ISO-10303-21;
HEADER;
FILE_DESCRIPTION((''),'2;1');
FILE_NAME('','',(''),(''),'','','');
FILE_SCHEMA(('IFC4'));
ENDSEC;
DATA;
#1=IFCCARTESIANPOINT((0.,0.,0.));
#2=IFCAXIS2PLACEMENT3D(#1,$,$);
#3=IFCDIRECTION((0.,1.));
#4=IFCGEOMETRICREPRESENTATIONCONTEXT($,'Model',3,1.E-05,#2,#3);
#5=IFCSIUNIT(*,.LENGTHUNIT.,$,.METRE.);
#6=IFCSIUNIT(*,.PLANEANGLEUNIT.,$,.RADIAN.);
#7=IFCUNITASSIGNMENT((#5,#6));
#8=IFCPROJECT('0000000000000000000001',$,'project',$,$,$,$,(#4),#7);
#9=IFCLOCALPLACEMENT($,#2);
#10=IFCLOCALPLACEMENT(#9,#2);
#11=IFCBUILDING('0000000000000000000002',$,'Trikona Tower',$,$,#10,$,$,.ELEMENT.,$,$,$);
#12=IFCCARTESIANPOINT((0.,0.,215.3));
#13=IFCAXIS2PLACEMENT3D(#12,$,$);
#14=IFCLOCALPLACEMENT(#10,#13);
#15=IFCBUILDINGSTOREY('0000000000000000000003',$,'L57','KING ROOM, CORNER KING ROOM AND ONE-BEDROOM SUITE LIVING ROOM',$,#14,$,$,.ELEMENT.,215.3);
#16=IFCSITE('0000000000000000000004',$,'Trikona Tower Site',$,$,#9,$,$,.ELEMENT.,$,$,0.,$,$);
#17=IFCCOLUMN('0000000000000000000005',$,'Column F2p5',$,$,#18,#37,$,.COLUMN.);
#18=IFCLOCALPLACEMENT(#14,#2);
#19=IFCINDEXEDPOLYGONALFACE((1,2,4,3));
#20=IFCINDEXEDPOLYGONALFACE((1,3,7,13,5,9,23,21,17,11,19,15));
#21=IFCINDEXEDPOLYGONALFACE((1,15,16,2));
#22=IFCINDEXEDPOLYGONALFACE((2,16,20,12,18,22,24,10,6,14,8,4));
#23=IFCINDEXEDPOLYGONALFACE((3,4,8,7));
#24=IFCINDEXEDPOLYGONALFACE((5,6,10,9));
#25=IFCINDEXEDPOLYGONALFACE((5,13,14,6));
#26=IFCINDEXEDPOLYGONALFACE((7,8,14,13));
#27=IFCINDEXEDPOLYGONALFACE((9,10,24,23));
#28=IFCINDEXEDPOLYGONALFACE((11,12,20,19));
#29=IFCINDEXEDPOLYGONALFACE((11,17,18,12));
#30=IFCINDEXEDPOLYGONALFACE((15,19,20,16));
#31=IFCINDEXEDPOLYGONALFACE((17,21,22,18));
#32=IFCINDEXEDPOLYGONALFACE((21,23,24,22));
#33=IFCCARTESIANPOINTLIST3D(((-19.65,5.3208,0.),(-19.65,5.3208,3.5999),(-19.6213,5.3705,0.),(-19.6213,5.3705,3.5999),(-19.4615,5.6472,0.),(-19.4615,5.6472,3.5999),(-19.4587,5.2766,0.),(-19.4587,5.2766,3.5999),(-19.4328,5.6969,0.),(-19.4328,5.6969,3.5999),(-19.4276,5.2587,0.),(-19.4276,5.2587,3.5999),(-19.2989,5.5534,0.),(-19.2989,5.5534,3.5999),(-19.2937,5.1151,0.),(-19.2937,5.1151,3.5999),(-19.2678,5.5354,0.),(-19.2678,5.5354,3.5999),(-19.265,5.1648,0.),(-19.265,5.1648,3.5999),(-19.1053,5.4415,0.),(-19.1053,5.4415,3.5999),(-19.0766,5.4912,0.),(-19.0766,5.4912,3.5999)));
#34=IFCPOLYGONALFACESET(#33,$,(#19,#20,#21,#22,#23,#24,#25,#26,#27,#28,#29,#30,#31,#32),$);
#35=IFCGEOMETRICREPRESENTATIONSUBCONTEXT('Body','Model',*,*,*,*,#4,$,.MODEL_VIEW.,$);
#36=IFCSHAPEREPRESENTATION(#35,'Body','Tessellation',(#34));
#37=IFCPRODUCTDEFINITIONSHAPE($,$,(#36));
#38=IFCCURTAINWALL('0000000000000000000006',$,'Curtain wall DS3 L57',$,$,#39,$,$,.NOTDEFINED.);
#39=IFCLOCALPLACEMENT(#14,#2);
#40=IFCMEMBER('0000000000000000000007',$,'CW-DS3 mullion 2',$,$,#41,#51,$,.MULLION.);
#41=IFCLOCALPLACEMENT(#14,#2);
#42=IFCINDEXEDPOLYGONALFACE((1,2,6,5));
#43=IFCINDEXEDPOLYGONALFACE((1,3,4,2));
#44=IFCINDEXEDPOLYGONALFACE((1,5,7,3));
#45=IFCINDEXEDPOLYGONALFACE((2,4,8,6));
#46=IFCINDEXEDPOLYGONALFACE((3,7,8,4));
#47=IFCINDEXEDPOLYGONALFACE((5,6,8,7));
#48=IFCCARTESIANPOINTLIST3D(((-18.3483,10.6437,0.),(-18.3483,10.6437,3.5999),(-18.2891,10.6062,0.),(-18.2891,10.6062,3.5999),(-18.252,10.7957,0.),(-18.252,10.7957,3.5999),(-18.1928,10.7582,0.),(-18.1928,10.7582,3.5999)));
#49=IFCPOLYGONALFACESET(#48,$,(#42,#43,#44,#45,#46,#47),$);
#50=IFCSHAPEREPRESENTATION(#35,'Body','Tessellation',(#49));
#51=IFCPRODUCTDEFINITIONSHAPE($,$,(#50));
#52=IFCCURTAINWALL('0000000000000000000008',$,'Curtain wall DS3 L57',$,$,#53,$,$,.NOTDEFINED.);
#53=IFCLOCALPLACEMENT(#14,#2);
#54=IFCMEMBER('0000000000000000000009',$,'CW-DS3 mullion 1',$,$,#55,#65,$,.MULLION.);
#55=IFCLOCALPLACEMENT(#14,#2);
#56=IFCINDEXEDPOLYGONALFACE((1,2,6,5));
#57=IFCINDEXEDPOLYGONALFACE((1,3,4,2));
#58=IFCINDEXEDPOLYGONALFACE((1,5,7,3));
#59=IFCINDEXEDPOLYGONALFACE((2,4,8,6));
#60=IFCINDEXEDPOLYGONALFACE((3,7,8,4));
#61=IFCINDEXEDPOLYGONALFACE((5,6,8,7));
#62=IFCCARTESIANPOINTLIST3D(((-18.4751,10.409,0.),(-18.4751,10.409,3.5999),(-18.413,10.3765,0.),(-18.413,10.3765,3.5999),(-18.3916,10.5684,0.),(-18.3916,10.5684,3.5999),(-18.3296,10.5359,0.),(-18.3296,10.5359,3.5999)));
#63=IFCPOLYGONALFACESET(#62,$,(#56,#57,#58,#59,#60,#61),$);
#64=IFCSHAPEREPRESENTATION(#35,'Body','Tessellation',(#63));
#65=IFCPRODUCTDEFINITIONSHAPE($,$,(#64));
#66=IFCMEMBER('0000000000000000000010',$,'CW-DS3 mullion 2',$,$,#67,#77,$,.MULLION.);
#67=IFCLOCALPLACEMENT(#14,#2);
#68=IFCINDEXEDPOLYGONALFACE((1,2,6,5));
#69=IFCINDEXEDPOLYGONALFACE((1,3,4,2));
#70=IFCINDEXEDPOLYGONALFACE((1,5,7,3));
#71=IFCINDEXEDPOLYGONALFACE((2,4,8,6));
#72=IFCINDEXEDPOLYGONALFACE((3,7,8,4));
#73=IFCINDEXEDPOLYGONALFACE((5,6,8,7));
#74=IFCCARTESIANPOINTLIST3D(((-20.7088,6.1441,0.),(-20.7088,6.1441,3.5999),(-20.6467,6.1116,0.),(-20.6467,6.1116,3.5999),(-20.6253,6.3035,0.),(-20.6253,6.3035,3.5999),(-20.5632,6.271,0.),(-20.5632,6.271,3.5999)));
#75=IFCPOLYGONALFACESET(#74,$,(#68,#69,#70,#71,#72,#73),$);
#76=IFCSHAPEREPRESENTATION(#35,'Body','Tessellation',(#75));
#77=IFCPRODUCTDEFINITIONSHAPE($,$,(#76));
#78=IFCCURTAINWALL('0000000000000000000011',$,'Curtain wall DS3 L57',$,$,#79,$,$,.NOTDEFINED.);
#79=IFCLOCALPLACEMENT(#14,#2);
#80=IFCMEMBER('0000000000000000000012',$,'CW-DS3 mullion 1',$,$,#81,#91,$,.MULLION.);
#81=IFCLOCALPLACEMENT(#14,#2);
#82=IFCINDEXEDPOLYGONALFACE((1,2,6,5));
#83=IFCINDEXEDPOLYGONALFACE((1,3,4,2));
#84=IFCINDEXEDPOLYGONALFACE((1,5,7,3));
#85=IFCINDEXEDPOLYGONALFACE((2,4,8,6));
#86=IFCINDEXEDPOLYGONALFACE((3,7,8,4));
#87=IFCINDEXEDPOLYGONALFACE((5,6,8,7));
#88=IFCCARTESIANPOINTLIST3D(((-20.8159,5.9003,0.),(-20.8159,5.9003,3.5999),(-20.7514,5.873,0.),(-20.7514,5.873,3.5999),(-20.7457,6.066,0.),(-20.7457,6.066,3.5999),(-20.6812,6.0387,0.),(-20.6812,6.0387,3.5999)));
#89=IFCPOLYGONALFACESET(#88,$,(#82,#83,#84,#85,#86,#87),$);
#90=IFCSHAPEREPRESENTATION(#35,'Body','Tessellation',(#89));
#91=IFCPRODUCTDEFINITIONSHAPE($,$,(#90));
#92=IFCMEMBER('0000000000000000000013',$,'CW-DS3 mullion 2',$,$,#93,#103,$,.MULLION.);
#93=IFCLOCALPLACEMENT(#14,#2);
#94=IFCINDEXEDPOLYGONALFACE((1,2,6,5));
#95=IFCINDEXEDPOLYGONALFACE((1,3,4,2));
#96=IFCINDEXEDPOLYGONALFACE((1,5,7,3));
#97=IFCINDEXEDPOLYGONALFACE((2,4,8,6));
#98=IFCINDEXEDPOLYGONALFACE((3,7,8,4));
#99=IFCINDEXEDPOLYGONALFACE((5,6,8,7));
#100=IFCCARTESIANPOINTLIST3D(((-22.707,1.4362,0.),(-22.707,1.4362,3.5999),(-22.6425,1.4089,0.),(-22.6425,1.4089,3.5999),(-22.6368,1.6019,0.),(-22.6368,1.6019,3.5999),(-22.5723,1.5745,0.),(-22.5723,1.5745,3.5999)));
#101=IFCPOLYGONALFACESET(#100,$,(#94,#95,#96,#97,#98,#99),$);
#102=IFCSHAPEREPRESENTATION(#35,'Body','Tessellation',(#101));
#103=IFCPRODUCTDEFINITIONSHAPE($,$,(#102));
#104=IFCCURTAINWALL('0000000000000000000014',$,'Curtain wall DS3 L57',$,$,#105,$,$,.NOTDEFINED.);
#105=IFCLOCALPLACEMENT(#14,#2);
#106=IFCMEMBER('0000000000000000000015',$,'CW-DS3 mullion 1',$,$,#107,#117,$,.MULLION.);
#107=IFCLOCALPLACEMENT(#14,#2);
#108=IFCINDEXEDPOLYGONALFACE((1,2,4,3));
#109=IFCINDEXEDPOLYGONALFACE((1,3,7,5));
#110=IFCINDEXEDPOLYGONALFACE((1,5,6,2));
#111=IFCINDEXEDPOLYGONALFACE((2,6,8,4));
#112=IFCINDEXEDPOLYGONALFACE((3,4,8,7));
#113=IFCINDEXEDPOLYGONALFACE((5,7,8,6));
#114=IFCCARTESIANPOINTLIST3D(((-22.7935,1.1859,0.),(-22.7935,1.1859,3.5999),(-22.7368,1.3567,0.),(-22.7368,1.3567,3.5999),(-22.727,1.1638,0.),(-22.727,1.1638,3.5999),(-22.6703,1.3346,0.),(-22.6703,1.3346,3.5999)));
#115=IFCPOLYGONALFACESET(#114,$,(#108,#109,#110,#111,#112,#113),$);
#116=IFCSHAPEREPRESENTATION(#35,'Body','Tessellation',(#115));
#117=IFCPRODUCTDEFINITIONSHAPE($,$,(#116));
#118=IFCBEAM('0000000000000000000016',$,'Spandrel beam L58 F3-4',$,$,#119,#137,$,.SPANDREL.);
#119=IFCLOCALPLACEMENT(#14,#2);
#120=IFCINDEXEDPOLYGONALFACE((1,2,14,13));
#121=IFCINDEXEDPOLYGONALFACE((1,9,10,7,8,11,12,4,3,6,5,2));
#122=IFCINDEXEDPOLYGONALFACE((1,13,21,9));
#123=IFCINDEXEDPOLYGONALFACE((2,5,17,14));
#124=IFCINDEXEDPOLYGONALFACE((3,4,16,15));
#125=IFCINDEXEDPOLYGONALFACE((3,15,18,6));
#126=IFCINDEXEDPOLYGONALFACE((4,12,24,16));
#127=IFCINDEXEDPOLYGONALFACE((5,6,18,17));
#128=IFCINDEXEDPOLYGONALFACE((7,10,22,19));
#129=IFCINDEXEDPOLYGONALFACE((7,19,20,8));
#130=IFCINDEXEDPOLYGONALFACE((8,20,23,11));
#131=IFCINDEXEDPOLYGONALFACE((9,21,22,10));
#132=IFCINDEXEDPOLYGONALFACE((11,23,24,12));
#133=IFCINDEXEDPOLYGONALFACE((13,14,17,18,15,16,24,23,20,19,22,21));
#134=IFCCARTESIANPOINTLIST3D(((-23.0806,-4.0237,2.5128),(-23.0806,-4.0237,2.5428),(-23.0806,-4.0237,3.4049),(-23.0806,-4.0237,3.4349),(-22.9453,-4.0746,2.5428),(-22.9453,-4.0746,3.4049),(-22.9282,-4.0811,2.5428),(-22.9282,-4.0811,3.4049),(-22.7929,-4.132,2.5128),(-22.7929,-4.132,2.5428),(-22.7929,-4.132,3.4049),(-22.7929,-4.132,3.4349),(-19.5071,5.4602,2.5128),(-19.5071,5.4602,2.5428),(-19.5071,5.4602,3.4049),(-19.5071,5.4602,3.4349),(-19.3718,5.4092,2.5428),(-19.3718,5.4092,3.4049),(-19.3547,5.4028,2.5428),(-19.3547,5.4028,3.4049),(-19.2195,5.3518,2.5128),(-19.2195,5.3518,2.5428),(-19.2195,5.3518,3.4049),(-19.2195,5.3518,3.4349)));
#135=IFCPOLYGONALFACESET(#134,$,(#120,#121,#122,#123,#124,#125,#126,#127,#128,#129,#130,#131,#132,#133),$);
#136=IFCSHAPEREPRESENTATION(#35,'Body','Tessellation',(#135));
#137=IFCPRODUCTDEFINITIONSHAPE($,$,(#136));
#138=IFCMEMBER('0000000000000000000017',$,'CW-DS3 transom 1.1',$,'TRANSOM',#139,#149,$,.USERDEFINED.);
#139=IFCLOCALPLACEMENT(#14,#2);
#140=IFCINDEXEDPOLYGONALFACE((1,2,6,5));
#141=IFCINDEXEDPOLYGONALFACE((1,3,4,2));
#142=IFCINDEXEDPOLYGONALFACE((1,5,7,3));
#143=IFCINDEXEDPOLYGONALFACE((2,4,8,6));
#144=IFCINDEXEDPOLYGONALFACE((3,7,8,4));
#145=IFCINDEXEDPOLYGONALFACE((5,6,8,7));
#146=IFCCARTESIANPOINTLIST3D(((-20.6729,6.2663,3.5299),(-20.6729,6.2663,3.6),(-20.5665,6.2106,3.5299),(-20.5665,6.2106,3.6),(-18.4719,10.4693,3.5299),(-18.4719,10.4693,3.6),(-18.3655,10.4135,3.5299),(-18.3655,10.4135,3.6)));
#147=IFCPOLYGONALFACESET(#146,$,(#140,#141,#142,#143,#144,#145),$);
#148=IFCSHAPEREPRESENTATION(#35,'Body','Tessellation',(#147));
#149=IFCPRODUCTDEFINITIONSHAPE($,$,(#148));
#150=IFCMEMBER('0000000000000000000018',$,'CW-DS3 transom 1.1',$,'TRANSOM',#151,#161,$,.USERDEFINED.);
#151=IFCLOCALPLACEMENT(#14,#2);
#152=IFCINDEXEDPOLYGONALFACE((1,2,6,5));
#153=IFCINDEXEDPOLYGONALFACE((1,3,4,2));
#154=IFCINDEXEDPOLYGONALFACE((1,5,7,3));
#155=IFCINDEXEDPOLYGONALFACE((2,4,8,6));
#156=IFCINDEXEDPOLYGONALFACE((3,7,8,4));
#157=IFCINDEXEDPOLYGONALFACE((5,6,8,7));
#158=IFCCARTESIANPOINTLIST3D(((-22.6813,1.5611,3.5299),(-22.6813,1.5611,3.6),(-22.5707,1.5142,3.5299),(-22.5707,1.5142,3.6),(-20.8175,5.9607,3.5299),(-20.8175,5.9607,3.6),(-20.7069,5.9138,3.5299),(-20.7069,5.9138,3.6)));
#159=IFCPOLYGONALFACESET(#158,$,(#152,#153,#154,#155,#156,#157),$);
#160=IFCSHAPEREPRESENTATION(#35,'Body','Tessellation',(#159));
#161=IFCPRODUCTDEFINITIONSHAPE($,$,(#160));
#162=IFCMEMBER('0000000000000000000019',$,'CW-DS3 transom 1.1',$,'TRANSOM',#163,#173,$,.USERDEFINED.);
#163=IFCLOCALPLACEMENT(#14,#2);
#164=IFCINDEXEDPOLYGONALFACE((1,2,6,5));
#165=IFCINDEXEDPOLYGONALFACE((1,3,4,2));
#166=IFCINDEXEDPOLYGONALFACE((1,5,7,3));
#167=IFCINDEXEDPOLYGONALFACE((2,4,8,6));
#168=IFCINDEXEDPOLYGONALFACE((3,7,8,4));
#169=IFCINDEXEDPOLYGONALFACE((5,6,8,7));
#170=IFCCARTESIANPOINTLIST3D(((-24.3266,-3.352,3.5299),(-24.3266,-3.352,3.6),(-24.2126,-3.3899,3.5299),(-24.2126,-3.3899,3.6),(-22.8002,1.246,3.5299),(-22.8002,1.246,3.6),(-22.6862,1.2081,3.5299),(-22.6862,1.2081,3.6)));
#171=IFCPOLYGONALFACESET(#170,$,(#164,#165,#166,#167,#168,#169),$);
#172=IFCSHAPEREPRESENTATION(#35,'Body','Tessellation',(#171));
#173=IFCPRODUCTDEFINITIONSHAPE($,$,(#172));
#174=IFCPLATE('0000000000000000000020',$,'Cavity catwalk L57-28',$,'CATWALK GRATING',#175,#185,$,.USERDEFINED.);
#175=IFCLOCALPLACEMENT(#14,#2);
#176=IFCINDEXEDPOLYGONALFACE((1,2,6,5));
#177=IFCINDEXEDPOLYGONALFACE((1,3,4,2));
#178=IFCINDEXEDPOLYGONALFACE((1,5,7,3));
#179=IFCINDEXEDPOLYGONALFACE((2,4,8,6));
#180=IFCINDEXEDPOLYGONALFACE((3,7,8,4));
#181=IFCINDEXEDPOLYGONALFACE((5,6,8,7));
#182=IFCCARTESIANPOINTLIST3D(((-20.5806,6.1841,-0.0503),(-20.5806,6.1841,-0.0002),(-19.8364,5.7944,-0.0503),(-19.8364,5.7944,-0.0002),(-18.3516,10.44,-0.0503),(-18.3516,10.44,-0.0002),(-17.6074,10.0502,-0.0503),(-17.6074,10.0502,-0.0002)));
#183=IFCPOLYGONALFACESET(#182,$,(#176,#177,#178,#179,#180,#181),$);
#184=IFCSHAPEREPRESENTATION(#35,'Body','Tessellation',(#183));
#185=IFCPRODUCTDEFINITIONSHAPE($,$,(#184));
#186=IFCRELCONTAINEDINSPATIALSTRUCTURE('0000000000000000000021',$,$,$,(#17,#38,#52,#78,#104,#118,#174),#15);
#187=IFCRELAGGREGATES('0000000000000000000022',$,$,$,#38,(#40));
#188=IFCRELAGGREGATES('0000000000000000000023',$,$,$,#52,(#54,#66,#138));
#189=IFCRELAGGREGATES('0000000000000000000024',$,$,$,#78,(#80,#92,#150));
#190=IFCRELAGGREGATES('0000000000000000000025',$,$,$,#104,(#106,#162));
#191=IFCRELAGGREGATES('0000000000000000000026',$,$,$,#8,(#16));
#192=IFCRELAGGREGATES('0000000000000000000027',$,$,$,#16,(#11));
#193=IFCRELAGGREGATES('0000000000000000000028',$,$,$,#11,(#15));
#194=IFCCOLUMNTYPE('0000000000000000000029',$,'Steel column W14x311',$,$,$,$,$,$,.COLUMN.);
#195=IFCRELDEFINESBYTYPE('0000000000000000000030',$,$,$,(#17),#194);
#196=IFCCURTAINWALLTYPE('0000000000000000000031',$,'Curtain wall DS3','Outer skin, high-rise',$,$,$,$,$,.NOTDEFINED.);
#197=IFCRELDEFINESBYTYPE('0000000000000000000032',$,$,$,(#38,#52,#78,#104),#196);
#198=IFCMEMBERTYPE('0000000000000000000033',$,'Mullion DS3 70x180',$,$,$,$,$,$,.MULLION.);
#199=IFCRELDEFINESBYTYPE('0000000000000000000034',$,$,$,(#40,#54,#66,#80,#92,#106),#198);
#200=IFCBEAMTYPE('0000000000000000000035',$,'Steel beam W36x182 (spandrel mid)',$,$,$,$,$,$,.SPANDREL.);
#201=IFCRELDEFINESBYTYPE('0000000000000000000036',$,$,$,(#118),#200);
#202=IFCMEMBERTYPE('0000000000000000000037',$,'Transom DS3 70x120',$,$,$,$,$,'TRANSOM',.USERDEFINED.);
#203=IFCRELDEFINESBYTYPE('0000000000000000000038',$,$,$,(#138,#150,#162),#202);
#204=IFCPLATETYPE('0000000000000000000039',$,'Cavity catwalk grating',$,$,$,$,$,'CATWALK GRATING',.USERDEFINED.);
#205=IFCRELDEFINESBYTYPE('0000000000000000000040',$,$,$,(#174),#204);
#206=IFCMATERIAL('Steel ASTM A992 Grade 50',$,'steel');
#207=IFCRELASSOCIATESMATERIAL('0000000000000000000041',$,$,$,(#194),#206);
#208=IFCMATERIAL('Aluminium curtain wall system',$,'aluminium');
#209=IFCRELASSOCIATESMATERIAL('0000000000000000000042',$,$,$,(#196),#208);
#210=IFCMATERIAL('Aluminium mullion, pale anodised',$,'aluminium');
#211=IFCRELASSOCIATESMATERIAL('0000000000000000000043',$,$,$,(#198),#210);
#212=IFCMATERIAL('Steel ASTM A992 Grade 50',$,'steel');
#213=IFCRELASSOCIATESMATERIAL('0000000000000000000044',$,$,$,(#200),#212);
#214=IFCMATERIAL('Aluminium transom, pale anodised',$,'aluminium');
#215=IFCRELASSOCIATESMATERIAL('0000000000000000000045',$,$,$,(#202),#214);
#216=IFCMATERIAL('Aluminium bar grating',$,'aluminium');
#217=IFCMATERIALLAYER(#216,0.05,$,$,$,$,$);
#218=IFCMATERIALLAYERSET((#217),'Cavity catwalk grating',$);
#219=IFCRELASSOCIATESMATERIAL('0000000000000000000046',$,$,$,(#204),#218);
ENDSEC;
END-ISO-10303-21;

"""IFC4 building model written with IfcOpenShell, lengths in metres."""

from ifc_helpers import new_model, si_unit, direction, frame, origin, origin_2d, place, context, subcontext, project, spatial, rectangle, i_section, extrude, material, layer, layer_set, material_profile, profile_set, type_object, element, aggregate, save


model = new_model("IFC4")

# Units and contexts
model_context = context("Model", 3, precision=1e-05, world=origin(), true_north=direction((0.0, 1.0)))
body_context = subcontext(model_context, "Body", "Model", "MODEL_VIEW")
ifc_project = project(units=[si_unit("LENGTHUNIT", "METRE"), si_unit("PLANEANGLEUNIT", "RADIAN")], contexts=[model_context])

# Site, building, storey
site_placement = place(None, origin())
site = spatial("IfcSite", under=ifc_project, at=site_placement, Name="Trikona Tower Site", CompositionType="ELEMENT", RefElevation=0.0)
building_placement = place(site_placement, origin())
building = spatial("IfcBuilding", under=site, at=building_placement, Name="Trikona Tower", CompositionType="ELEMENT")
storey_placement = place(building_placement, frame((0.0, 0.0, 215.3)))
storey = spatial("IfcBuildingStorey", under=building, at=storey_placement, Name="L57", Description="KING ROOM, CORNER KING ROOM AND ONE-BEDROOM SUITE LIVING ROOM", CompositionType="ELEMENT", Elevation=215.3)

# Column
ifc_material_1 = material(Name="Steel ASTM A992 Grade 50", Category="steel")
ifc_material_profile_1 = material_profile(ifc_material_1, i_section(OverallWidth=0.4114, OverallDepth=0.4343, WebThickness=0.0359, FlangeThickness=0.0574, at=origin_2d()), Name="W14X311")
ifc_profile_set_1 = profile_set([ifc_material_profile_1], Name="Steel ASTM A992 Grade 50")
column_type = type_object("IfcColumnType", Name="Steel column W14x311", PredefinedType="COLUMN", material=ifc_profile_set_1)
column_placement = place(storey_placement, frame((-19.3633, 5.406, 0.0), z_axis=(0.0, 0.0, 1.0), x_axis=(-0.866025, 0.5, 0.0)))
element("IfcColumn", 1, at=column_placement, inside=storey, type_object=column_type, Name="Column F2p5", PredefinedType="COLUMN", context=body_context, shape_type="SweptSolid", body=[
    extrude(i_section(OverallWidth=0.4114, OverallDepth=0.4343, WebThickness=0.0359, FlangeThickness=0.0574, at=origin_2d()), origin(), (0.0, 0.0, 1.0), 3.5999),
])

# Curtain wall, member
ifc_material_2 = material(Name="Aluminium curtain wall system", Category="aluminium")
curtain_wall_type = type_object("IfcCurtainWallType", Name="Curtain wall DS3", Description="Outer skin, high-rise", PredefinedType="NOTDEFINED", material=ifc_material_2)
curtain_wall_1_placement = place(storey_placement, origin())
curtain_wall_1 = element("IfcCurtainWall", 2, at=curtain_wall_1_placement, inside=storey, type_object=curtain_wall_type, Name="Curtain wall DS3 L57", PredefinedType="NOTDEFINED")
ifc_material_3 = material(Name="Aluminium mullion, pale anodised", Category="aluminium")
ifc_material_profile_2 = material_profile(ifc_material_3, rectangle(XDim=0.0701, YDim=0.1799, at=origin_2d()), Name="MUL-DS3")
ifc_profile_set_2 = profile_set([ifc_material_profile_2], Name="Aluminium mullion, pale anodised")
member_type_1 = type_object("IfcMemberType", Name="Mullion DS3 70x180", PredefinedType="MULLION", material=ifc_profile_set_2)
member_1_placement = place(storey_placement, frame((-18.2705, 10.7009, 0.0), z_axis=(0.0, 0.0, 1.0), x_axis=(0.844727, -0.535197, 0.0)))
member_1 = element("IfcMember", 3, at=member_1_placement, type_object=member_type_1, Name="CW-DS3 mullion 2", PredefinedType="MULLION", context=body_context, shape_type="SweptSolid", body=[
    extrude(rectangle(XDim=0.0701, YDim=0.1799, at=origin_2d()), origin(), (0.0, 0.0, 1.0), 3.5999),
])
aggregate(curtain_wall_1, [member_1])

# Curtain walls, members
curtain_wall_2_placement = place(storey_placement, origin())
curtain_wall_2 = element("IfcCurtainWall", 4, at=curtain_wall_2_placement, inside=storey, type_object=curtain_wall_type, Name="Curtain wall DS3 L57", PredefinedType="NOTDEFINED")
member_2_placement = place(storey_placement, frame((-18.4023, 10.4724, 0.0), z_axis=(0.0, 0.0, 1.0), x_axis=(0.885862, -0.463948, 0.0)))
member_2 = element("IfcMember", 5, at=member_2_placement, type_object=member_type_1, Name="CW-DS3 mullion 1", PredefinedType="MULLION", context=body_context, shape_type="SweptSolid", body=[
    extrude(rectangle(XDim=0.0701, YDim=0.1799, at=origin_2d()), origin(), (0.0, 0.0, 1.0), 3.5999),
])
member_3_placement = place(storey_placement, frame((-20.636, 6.2075, 0.0), z_axis=(0.0, 0.0, 1.0), x_axis=(0.885862, -0.463948, 0.0)))
member_3 = element("IfcMember", 6, at=member_3_placement, type_object=member_type_1, Name="CW-DS3 mullion 2", PredefinedType="MULLION", context=body_context, shape_type="SweptSolid", body=[
    extrude(rectangle(XDim=0.0701, YDim=0.1799, at=origin_2d()), origin(), (0.0, 0.0, 1.0), 3.5999),
])
curtain_wall_3_placement = place(storey_placement, origin())
curtain_wall_3 = element("IfcCurtainWall", 7, at=curtain_wall_3_placement, inside=storey, type_object=curtain_wall_type, Name="Curtain wall DS3 L57", PredefinedType="NOTDEFINED")
member_4_placement = place(storey_placement, frame((-20.7485, 5.9695, 0.0), z_axis=(0.0, 0.0, 1.0), x_axis=(0.920792, -0.390053, 0.0)))
member_4 = element("IfcMember", 8, at=member_4_placement, type_object=member_type_1, Name="CW-DS3 mullion 1", PredefinedType="MULLION", context=body_context, shape_type="SweptSolid", body=[
    extrude(rectangle(XDim=0.0701, YDim=0.1799, at=origin_2d()), origin(), (0.0, 0.0, 1.0), 3.5999),
])
member_5_placement = place(storey_placement, frame((-22.6396, 1.5054, 0.0), z_axis=(0.0, 0.0, 1.0), x_axis=(0.920792, -0.390053, 0.0)))
member_5 = element("IfcMember", 9, at=member_5_placement, type_object=member_type_1, Name="CW-DS3 mullion 2", PredefinedType="MULLION", context=body_context, shape_type="SweptSolid", body=[
    extrude(rectangle(XDim=0.0701, YDim=0.1799, at=origin_2d()), origin(), (0.0, 0.0, 1.0), 3.5999),
])

# Curtain wall, member
curtain_wall_4_placement = place(storey_placement, origin())
curtain_wall_4 = element("IfcCurtainWall", 10, at=curtain_wall_4_placement, inside=storey, type_object=curtain_wall_type, Name="Curtain wall DS3 L57", PredefinedType="NOTDEFINED")
member_6_placement = place(storey_placement, frame((-22.7319, 1.2603, 0.0), z_axis=(0.0, 0.0, 1.0), x_axis=(0.949066, -0.315078, 0.0)))
member_6 = element("IfcMember", 11, at=member_6_placement, type_object=member_type_1, Name="CW-DS3 mullion 1", PredefinedType="MULLION", context=body_context, shape_type="SweptSolid", body=[
    extrude(rectangle(XDim=0.0701, YDim=0.1799, at=origin_2d()), origin(), (0.0, 0.0, 1.0), 3.5999),
])

# Beam
ifc_material_4 = material(Name="Steel ASTM A992 Grade 50", Category="steel")
ifc_material_profile_3 = material_profile(ifc_material_4, i_section(OverallWidth=0.3074, OverallDepth=0.9221, WebThickness=0.0183, FlangeThickness=0.03, at=origin_2d()), Name="W36X182")
ifc_profile_set_3 = profile_set([ifc_material_profile_3], Name="Steel ASTM A992 Grade 50")
beam_type = type_object("IfcBeamType", Name="Steel beam W36x182 (spandrel mid)", PredefinedType="SPANDREL", material=ifc_profile_set_3)
beam_placement = place(storey_placement, frame((-19.3633, 5.406, 2.9739), z_axis=(-0.352596, -0.935776, 0.0), x_axis=(0.935776, -0.352596, 0.0)))
element("IfcBeam", 12, at=beam_placement, inside=storey, type_object=beam_type, Name="Spandrel beam L58 F3-4", PredefinedType="SPANDREL", context=body_context, shape_type="SweptSolid", body=[
    extrude(i_section(OverallWidth=0.3074, OverallDepth=0.9221, WebThickness=0.0183, FlangeThickness=0.03, at=origin_2d()), origin(), (0.0, 0.0, 1.0), 10.1348),
])

# Members
ifc_material_5 = material(Name="Aluminium transom, pale anodised", Category="aluminium")
ifc_material_profile_4 = material_profile(ifc_material_5, rectangle(XDim=0.1201, YDim=0.0701, at=origin_2d()), Name="TRN-DS3")
ifc_profile_set_4 = profile_set([ifc_material_profile_4], Name="Aluminium transom, pale anodised")
member_type_2 = type_object("IfcMemberType", Name="Transom DS3 70x120", ElementType="TRANSOM", PredefinedType="USERDEFINED", material=ifc_profile_set_4)
member_7_placement = place(storey_placement, frame((-18.4187, 10.4414, 3.5649), z_axis=(-0.463911, -0.885882, 0.0), x_axis=(0.885882, -0.463911, 0.0)))
member_7 = element("IfcMember", 13, at=member_7_placement, type_object=member_type_2, Name="CW-DS3 transom 1.1", ObjectType="TRANSOM", PredefinedType="USERDEFINED", context=body_context, shape_type="SweptSolid", body=[
    extrude(rectangle(XDim=0.1201, YDim=0.0701, at=origin_2d()), origin(), (0.0, 0.0, 1.0), 4.7444),
])
member_8_placement = place(storey_placement, frame((-20.7622, 5.9373, 3.5649), z_axis=(-0.390062, -0.920789, 0.0), x_axis=(0.920789, -0.390062, 0.0)))
member_8 = element("IfcMember", 14, at=member_8_placement, type_object=member_type_2, Name="CW-DS3 transom 1.1", ObjectType="TRANSOM", PredefinedType="USERDEFINED", context=body_context, shape_type="SweptSolid", body=[
    extrude(rectangle(XDim=0.1201, YDim=0.0701, at=origin_2d()), origin(), (0.0, 0.0, 1.0), 4.7781),
])
member_9_placement = place(storey_placement, frame((-22.7432, 1.2271, 3.5649), z_axis=(-0.315063, -0.949071, 0.0), x_axis=(0.949071, -0.315063, 0.0)))
member_9 = element("IfcMember", 15, at=member_9_placement, type_object=member_type_2, Name="CW-DS3 transom 1.1", ObjectType="TRANSOM", PredefinedType="USERDEFINED", context=body_context, shape_type="SweptSolid", body=[
    extrude(rectangle(XDim=0.1201, YDim=0.0701, at=origin_2d()), origin(), (0.0, 0.0, 1.0), 4.8447),
])

# Plate
ifc_material_6 = material(Name="Aluminium bar grating", Category="aluminium")
ifc_layer_1 = layer(ifc_material_6, 0.05)
ifc_layer_set_1 = layer_set([ifc_layer_1], Name="Cavity catwalk grating")
plate_type_1 = type_object("IfcPlateType", Name="Cavity catwalk grating", ElementType="CATWALK GRATING", PredefinedType="USERDEFINED", material=ifc_layer_set_1)
plate_1_placement = place(storey_placement, frame((-19.094, 8.1172, -0.0503), z_axis=(0.0, 0.0, 1.0), x_axis=(-0.463952, -0.88586, 0.0)))
element("IfcPlate", 16, at=plate_1_placement, inside=storey, type_object=plate_type_1, Name="Cavity catwalk L57-28", ObjectType="CATWALK GRATING", PredefinedType="USERDEFINED", context=body_context, shape_type="SweptSolid", body=[
    extrude(rectangle(XDim=4.8042, YDim=0.8401, at=origin_2d()), origin(), (0.0, 0.0, 1.0), 0.05),
])

aggregate(curtain_wall_2, [member_2, member_3, member_7])
aggregate(curtain_wall_3, [member_4, member_5, member_8])
aggregate(curtain_wall_4, [member_6, member_9])

save(model, "model.ifc")
